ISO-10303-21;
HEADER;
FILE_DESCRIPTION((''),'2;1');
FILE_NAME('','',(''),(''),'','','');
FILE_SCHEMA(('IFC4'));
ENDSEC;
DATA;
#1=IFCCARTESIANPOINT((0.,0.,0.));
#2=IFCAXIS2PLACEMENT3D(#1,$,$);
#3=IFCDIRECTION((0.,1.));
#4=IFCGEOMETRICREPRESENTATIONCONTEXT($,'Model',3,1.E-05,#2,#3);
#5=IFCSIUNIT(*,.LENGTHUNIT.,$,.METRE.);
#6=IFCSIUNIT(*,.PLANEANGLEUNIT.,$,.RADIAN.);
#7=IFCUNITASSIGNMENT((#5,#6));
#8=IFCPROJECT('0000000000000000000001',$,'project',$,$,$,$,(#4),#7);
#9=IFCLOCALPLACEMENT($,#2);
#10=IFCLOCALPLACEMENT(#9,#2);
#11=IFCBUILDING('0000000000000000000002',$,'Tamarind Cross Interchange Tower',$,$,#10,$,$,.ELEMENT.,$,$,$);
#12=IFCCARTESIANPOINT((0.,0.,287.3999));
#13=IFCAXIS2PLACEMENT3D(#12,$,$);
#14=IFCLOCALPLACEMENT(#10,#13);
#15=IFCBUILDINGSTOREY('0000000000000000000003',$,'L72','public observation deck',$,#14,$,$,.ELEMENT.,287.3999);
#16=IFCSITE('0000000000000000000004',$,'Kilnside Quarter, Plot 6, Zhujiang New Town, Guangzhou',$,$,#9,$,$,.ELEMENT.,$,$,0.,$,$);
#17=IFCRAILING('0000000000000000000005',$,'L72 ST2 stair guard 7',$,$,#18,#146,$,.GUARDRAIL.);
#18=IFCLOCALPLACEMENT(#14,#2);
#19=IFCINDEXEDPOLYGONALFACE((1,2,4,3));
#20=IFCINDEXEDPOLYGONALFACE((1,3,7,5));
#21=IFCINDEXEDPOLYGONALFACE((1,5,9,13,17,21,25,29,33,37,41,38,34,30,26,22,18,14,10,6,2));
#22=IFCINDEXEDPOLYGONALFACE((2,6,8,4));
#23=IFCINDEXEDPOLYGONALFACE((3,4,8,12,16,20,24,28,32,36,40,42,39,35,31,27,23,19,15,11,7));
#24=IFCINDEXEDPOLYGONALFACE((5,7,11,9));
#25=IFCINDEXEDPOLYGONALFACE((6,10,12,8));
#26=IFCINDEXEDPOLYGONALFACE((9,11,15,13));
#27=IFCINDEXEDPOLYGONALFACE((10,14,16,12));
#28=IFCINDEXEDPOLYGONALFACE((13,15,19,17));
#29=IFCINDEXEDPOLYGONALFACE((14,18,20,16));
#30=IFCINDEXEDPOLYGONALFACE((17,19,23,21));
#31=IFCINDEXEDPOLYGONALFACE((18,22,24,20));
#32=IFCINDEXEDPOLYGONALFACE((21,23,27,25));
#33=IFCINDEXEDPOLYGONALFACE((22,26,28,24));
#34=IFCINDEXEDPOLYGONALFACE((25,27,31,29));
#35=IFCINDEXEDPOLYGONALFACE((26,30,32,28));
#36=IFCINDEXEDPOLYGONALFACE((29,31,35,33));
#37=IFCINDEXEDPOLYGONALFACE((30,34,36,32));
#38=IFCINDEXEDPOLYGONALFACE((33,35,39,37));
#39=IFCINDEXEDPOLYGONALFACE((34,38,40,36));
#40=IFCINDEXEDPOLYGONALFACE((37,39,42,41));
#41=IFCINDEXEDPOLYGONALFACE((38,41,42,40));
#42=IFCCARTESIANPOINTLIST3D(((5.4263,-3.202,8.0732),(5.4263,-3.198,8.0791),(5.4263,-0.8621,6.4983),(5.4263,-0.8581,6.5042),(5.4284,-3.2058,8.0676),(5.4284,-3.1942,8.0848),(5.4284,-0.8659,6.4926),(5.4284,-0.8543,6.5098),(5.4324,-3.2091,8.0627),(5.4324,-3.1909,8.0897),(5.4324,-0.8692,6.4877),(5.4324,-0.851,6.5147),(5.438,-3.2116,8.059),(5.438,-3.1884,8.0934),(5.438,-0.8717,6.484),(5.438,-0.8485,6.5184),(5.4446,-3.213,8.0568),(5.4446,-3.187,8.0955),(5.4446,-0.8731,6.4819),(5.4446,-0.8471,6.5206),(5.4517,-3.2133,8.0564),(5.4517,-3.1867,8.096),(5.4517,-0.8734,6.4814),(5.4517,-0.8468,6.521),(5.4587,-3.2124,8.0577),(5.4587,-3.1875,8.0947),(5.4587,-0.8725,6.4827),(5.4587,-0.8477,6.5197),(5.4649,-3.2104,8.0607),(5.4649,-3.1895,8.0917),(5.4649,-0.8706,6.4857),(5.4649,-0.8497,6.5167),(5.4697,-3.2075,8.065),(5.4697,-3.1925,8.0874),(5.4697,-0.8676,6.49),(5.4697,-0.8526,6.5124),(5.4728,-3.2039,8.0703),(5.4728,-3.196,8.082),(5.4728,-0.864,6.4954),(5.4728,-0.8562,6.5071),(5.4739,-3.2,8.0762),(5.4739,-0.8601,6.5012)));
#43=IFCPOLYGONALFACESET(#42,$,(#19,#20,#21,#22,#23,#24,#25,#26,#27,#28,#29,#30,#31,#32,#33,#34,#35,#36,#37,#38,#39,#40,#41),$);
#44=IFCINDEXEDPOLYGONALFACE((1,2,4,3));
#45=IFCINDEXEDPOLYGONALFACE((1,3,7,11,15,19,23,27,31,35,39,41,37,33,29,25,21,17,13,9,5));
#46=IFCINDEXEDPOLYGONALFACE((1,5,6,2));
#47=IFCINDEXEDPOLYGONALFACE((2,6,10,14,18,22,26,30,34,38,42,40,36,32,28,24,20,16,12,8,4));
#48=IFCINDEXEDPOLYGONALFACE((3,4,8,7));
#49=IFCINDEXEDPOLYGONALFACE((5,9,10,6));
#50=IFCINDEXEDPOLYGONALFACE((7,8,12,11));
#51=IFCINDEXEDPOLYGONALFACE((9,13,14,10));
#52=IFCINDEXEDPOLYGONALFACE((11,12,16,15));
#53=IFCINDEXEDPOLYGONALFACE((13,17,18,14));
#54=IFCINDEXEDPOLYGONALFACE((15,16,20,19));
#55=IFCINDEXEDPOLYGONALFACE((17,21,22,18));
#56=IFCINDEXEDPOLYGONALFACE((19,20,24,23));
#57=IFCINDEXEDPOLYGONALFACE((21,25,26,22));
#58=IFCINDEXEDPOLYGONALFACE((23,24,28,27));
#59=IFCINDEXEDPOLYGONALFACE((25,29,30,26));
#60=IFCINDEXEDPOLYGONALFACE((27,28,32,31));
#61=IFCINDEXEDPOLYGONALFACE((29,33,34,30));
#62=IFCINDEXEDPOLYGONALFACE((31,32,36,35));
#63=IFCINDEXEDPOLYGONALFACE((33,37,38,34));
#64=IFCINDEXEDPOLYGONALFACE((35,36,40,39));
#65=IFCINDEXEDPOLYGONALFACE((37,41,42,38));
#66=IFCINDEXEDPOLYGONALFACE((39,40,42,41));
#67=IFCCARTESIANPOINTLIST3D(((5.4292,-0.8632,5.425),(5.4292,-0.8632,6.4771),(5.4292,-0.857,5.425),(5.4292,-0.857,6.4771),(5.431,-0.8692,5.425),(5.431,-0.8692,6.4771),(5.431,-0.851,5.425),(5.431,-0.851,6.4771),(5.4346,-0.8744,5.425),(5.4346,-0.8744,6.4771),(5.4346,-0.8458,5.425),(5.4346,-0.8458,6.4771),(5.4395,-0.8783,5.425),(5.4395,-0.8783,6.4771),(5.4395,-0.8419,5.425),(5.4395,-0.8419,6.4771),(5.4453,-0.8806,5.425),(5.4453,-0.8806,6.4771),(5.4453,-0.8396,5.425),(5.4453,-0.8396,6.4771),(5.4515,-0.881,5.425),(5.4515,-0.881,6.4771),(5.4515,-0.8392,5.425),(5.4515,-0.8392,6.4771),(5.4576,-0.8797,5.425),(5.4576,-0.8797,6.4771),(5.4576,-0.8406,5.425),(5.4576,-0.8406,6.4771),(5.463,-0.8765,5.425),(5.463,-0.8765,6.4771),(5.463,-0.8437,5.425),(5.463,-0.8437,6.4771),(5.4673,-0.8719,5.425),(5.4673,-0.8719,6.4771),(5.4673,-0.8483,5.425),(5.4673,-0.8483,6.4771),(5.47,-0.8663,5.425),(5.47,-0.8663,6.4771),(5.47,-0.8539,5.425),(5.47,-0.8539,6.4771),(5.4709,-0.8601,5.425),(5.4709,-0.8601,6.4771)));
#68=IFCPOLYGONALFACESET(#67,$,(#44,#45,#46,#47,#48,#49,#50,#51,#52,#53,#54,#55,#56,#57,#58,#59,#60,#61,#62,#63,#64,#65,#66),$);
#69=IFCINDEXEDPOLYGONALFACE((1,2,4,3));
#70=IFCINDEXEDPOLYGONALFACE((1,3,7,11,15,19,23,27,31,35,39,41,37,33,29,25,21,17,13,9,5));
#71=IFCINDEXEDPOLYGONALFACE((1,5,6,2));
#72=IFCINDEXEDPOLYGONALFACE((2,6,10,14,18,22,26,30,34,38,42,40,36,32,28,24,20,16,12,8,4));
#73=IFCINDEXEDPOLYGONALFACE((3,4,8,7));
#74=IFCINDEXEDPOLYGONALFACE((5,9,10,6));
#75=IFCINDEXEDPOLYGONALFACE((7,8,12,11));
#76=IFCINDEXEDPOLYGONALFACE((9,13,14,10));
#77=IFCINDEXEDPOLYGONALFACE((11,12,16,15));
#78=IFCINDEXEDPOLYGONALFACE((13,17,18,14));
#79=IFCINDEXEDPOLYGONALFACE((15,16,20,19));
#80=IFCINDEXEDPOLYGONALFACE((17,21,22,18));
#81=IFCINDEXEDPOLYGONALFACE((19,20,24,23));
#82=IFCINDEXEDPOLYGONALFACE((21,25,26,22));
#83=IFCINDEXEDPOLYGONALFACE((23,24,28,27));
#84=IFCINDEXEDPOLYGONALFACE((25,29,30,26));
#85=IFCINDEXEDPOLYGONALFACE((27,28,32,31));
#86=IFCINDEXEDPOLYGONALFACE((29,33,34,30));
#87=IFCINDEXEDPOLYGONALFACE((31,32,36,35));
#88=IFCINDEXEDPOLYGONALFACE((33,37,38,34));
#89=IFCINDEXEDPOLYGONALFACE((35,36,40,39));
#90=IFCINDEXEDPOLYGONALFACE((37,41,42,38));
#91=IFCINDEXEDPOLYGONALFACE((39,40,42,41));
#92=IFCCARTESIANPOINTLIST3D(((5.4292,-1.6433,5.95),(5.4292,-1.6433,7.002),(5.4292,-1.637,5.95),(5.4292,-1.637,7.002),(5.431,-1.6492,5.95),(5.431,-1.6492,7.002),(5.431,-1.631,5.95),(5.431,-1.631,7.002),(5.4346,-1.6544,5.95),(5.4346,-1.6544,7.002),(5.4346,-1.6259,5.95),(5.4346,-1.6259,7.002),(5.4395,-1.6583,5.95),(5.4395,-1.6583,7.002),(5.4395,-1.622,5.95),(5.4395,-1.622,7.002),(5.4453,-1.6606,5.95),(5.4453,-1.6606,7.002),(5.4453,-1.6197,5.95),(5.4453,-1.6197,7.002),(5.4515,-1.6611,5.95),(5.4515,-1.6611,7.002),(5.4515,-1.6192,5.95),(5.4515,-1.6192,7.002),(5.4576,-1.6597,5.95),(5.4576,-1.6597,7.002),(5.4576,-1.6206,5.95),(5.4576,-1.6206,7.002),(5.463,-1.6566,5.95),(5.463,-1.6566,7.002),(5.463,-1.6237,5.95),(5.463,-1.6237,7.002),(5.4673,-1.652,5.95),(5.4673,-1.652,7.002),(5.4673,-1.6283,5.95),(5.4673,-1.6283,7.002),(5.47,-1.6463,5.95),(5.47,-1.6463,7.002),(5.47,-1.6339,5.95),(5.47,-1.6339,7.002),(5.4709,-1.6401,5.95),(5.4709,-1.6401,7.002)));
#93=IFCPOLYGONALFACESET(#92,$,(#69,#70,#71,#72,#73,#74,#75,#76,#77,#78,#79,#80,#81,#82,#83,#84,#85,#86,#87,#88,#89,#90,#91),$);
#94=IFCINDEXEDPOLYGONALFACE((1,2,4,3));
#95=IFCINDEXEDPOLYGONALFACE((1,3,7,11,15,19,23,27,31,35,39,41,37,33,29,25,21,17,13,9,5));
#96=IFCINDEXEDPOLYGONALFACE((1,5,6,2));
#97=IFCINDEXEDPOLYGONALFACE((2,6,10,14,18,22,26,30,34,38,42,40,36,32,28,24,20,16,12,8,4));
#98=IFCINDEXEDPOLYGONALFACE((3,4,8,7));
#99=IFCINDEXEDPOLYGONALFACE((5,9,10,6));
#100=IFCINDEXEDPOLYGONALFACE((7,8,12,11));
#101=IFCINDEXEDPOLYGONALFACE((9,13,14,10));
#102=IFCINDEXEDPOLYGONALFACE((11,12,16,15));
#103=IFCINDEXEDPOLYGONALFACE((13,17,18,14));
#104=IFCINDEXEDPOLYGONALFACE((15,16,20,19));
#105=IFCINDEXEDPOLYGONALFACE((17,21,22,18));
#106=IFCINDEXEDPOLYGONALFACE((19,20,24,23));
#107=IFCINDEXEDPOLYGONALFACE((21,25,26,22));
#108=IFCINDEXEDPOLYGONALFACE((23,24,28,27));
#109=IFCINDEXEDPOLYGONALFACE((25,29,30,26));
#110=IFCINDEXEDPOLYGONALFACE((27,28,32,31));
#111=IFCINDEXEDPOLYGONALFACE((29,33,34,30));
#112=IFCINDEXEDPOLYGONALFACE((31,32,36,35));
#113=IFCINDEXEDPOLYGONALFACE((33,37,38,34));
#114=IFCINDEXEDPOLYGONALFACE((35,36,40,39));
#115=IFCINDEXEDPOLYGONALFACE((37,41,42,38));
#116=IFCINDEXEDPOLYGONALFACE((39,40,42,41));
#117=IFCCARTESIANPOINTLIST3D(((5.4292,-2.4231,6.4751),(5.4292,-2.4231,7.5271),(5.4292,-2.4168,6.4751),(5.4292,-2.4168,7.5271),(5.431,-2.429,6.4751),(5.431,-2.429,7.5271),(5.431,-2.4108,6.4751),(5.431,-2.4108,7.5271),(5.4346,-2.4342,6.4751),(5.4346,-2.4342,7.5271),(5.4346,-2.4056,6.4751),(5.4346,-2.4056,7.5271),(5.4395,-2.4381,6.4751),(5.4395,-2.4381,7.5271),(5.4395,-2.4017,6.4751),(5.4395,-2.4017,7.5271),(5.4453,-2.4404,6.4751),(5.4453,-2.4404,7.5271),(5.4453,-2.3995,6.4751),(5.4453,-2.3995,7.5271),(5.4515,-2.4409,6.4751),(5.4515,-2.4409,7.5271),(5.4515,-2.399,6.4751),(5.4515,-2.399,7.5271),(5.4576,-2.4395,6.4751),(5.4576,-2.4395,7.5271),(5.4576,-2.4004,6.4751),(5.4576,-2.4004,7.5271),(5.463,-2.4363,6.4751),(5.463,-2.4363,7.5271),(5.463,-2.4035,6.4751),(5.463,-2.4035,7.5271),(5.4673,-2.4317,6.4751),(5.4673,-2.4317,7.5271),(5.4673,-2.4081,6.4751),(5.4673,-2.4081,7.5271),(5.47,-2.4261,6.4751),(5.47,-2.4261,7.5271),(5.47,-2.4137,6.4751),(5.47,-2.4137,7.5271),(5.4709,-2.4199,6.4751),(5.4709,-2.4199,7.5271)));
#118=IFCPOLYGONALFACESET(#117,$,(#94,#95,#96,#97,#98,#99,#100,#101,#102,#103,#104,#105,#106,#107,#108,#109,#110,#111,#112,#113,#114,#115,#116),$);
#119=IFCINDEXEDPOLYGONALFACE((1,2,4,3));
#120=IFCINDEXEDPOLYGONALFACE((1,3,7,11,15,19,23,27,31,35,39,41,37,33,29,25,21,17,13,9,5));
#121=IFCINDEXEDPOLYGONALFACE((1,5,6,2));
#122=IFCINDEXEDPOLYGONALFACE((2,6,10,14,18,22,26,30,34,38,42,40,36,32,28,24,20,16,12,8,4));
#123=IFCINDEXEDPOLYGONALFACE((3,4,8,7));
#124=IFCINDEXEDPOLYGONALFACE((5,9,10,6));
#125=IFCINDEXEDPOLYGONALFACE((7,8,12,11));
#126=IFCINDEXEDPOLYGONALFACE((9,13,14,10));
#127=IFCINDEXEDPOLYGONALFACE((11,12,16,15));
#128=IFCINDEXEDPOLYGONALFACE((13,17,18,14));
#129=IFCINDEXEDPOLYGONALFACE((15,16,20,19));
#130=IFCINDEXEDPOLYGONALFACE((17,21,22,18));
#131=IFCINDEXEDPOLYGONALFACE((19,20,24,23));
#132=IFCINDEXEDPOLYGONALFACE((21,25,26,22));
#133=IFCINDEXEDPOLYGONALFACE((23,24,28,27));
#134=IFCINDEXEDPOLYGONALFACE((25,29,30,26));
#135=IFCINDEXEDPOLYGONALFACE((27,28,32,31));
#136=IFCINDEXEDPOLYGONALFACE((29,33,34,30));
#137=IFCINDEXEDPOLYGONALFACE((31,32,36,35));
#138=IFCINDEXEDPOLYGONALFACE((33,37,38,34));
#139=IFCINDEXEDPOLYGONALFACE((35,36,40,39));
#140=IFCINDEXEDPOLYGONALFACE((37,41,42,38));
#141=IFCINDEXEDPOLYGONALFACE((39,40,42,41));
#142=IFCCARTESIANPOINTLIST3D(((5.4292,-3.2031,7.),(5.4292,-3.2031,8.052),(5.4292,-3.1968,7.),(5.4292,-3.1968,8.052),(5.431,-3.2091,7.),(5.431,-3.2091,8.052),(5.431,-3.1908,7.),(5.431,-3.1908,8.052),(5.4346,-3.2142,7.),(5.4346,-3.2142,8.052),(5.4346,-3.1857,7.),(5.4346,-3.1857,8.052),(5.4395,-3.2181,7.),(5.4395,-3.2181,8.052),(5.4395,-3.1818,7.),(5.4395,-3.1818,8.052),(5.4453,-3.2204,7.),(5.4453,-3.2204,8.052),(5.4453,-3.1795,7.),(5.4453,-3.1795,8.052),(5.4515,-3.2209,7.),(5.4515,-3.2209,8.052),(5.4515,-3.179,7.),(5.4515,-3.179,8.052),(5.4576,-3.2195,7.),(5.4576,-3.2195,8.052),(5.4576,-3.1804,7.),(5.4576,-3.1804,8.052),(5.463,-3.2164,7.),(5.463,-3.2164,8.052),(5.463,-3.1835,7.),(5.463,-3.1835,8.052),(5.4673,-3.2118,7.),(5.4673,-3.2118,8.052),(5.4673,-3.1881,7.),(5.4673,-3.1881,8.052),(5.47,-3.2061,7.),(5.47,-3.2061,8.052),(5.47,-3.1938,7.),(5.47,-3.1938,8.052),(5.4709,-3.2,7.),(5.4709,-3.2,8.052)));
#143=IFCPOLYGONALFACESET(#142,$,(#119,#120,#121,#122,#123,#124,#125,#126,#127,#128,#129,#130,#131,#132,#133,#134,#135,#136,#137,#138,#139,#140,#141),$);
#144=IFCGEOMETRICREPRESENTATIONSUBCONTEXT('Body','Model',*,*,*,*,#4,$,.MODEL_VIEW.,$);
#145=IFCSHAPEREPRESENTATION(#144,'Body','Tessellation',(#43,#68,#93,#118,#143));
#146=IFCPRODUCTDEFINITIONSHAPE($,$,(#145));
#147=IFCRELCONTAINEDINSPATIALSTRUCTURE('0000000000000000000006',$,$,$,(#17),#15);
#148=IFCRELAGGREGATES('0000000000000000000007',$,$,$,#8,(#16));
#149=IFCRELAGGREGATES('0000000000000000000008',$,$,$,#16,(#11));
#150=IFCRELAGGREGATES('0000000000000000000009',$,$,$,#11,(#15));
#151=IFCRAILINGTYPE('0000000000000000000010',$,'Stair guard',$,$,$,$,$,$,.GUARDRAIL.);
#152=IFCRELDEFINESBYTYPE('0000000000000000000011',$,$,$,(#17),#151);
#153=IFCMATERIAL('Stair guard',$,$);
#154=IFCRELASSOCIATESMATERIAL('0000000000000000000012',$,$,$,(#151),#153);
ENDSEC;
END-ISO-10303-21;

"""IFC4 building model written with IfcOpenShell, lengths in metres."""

from ifc_helpers import new_model, si_unit, direction, frame, origin, origin_2d, place, context, subcontext, project, spatial, circle, extrude, material, type_object, element, save


model = new_model("IFC4")

# Units and contexts
model_context = context("Model", 3, precision=1e-05, world=origin(), true_north=direction((0.0, 1.0)))
body_context = subcontext(model_context, "Body", "Model", "MODEL_VIEW")
ifc_project = project(units=[si_unit("LENGTHUNIT", "METRE"), si_unit("PLANEANGLEUNIT", "RADIAN")], contexts=[model_context])

# Site, building, storey
site_placement = place(None, origin())
site = spatial("IfcSite", under=ifc_project, at=site_placement, Name="Kilnside Quarter, Plot 6, Zhujiang New Town, Guangzhou", CompositionType="ELEMENT", RefElevation=0.0)
building_placement = place(site_placement, origin())
building = spatial("IfcBuilding", under=site, at=building_placement, Name="Tamarind Cross Interchange Tower", CompositionType="ELEMENT")
storey_placement = place(building_placement, frame((0.0, 0.0, 287.3999)))
storey = spatial("IfcBuildingStorey", under=building, at=storey_placement, Name="L72", Description="public observation deck", CompositionType="ELEMENT", Elevation=287.3999)

# Railing
ifc_material_1 = material(Name="Stair guard")
railing_type_1 = type_object("IfcRailingType", Name="Stair guard", PredefinedType="GUARDRAIL", material=ifc_material_1)
railing_1_placement = place(storey_placement, frame((5.45, -0.8601, 5.425)))
element("IfcRailing", 1, at=railing_1_placement, inside=storey, type_object=railing_type_1, Name="L72 ST2 stair guard 7", PredefinedType="GUARDRAIL", context=body_context, shape_type="SweptSolid", body=[
    extrude(circle(Radius=0.0239, at=origin_2d()), frame((0.0, 0.0, 1.0762), z_axis=(0.0, -0.829578, 0.55839), x_axis=(1.0, 0.0, 0.0)), (0.0, 0.0, 1.0), 2.8206),
    extrude(circle(Radius=0.021, at=origin_2d()), origin(), (0.0, 0.0, 1.0), 1.052),
    extrude(circle(Radius=0.021, at=origin_2d()), frame((0.0, -0.78, 0.5249)), (0.0, 0.0, 1.0), 1.052),
    extrude(circle(Radius=0.021, at=origin_2d()), frame((0.0, -1.5598, 1.05)), (0.0, 0.0, 1.0), 1.052),
    extrude(circle(Radius=0.021, at=origin_2d()), frame((0.0, -2.3398, 1.575)), (0.0, 0.0, 1.0), 1.052),
])

save(model, "model.ifc")
